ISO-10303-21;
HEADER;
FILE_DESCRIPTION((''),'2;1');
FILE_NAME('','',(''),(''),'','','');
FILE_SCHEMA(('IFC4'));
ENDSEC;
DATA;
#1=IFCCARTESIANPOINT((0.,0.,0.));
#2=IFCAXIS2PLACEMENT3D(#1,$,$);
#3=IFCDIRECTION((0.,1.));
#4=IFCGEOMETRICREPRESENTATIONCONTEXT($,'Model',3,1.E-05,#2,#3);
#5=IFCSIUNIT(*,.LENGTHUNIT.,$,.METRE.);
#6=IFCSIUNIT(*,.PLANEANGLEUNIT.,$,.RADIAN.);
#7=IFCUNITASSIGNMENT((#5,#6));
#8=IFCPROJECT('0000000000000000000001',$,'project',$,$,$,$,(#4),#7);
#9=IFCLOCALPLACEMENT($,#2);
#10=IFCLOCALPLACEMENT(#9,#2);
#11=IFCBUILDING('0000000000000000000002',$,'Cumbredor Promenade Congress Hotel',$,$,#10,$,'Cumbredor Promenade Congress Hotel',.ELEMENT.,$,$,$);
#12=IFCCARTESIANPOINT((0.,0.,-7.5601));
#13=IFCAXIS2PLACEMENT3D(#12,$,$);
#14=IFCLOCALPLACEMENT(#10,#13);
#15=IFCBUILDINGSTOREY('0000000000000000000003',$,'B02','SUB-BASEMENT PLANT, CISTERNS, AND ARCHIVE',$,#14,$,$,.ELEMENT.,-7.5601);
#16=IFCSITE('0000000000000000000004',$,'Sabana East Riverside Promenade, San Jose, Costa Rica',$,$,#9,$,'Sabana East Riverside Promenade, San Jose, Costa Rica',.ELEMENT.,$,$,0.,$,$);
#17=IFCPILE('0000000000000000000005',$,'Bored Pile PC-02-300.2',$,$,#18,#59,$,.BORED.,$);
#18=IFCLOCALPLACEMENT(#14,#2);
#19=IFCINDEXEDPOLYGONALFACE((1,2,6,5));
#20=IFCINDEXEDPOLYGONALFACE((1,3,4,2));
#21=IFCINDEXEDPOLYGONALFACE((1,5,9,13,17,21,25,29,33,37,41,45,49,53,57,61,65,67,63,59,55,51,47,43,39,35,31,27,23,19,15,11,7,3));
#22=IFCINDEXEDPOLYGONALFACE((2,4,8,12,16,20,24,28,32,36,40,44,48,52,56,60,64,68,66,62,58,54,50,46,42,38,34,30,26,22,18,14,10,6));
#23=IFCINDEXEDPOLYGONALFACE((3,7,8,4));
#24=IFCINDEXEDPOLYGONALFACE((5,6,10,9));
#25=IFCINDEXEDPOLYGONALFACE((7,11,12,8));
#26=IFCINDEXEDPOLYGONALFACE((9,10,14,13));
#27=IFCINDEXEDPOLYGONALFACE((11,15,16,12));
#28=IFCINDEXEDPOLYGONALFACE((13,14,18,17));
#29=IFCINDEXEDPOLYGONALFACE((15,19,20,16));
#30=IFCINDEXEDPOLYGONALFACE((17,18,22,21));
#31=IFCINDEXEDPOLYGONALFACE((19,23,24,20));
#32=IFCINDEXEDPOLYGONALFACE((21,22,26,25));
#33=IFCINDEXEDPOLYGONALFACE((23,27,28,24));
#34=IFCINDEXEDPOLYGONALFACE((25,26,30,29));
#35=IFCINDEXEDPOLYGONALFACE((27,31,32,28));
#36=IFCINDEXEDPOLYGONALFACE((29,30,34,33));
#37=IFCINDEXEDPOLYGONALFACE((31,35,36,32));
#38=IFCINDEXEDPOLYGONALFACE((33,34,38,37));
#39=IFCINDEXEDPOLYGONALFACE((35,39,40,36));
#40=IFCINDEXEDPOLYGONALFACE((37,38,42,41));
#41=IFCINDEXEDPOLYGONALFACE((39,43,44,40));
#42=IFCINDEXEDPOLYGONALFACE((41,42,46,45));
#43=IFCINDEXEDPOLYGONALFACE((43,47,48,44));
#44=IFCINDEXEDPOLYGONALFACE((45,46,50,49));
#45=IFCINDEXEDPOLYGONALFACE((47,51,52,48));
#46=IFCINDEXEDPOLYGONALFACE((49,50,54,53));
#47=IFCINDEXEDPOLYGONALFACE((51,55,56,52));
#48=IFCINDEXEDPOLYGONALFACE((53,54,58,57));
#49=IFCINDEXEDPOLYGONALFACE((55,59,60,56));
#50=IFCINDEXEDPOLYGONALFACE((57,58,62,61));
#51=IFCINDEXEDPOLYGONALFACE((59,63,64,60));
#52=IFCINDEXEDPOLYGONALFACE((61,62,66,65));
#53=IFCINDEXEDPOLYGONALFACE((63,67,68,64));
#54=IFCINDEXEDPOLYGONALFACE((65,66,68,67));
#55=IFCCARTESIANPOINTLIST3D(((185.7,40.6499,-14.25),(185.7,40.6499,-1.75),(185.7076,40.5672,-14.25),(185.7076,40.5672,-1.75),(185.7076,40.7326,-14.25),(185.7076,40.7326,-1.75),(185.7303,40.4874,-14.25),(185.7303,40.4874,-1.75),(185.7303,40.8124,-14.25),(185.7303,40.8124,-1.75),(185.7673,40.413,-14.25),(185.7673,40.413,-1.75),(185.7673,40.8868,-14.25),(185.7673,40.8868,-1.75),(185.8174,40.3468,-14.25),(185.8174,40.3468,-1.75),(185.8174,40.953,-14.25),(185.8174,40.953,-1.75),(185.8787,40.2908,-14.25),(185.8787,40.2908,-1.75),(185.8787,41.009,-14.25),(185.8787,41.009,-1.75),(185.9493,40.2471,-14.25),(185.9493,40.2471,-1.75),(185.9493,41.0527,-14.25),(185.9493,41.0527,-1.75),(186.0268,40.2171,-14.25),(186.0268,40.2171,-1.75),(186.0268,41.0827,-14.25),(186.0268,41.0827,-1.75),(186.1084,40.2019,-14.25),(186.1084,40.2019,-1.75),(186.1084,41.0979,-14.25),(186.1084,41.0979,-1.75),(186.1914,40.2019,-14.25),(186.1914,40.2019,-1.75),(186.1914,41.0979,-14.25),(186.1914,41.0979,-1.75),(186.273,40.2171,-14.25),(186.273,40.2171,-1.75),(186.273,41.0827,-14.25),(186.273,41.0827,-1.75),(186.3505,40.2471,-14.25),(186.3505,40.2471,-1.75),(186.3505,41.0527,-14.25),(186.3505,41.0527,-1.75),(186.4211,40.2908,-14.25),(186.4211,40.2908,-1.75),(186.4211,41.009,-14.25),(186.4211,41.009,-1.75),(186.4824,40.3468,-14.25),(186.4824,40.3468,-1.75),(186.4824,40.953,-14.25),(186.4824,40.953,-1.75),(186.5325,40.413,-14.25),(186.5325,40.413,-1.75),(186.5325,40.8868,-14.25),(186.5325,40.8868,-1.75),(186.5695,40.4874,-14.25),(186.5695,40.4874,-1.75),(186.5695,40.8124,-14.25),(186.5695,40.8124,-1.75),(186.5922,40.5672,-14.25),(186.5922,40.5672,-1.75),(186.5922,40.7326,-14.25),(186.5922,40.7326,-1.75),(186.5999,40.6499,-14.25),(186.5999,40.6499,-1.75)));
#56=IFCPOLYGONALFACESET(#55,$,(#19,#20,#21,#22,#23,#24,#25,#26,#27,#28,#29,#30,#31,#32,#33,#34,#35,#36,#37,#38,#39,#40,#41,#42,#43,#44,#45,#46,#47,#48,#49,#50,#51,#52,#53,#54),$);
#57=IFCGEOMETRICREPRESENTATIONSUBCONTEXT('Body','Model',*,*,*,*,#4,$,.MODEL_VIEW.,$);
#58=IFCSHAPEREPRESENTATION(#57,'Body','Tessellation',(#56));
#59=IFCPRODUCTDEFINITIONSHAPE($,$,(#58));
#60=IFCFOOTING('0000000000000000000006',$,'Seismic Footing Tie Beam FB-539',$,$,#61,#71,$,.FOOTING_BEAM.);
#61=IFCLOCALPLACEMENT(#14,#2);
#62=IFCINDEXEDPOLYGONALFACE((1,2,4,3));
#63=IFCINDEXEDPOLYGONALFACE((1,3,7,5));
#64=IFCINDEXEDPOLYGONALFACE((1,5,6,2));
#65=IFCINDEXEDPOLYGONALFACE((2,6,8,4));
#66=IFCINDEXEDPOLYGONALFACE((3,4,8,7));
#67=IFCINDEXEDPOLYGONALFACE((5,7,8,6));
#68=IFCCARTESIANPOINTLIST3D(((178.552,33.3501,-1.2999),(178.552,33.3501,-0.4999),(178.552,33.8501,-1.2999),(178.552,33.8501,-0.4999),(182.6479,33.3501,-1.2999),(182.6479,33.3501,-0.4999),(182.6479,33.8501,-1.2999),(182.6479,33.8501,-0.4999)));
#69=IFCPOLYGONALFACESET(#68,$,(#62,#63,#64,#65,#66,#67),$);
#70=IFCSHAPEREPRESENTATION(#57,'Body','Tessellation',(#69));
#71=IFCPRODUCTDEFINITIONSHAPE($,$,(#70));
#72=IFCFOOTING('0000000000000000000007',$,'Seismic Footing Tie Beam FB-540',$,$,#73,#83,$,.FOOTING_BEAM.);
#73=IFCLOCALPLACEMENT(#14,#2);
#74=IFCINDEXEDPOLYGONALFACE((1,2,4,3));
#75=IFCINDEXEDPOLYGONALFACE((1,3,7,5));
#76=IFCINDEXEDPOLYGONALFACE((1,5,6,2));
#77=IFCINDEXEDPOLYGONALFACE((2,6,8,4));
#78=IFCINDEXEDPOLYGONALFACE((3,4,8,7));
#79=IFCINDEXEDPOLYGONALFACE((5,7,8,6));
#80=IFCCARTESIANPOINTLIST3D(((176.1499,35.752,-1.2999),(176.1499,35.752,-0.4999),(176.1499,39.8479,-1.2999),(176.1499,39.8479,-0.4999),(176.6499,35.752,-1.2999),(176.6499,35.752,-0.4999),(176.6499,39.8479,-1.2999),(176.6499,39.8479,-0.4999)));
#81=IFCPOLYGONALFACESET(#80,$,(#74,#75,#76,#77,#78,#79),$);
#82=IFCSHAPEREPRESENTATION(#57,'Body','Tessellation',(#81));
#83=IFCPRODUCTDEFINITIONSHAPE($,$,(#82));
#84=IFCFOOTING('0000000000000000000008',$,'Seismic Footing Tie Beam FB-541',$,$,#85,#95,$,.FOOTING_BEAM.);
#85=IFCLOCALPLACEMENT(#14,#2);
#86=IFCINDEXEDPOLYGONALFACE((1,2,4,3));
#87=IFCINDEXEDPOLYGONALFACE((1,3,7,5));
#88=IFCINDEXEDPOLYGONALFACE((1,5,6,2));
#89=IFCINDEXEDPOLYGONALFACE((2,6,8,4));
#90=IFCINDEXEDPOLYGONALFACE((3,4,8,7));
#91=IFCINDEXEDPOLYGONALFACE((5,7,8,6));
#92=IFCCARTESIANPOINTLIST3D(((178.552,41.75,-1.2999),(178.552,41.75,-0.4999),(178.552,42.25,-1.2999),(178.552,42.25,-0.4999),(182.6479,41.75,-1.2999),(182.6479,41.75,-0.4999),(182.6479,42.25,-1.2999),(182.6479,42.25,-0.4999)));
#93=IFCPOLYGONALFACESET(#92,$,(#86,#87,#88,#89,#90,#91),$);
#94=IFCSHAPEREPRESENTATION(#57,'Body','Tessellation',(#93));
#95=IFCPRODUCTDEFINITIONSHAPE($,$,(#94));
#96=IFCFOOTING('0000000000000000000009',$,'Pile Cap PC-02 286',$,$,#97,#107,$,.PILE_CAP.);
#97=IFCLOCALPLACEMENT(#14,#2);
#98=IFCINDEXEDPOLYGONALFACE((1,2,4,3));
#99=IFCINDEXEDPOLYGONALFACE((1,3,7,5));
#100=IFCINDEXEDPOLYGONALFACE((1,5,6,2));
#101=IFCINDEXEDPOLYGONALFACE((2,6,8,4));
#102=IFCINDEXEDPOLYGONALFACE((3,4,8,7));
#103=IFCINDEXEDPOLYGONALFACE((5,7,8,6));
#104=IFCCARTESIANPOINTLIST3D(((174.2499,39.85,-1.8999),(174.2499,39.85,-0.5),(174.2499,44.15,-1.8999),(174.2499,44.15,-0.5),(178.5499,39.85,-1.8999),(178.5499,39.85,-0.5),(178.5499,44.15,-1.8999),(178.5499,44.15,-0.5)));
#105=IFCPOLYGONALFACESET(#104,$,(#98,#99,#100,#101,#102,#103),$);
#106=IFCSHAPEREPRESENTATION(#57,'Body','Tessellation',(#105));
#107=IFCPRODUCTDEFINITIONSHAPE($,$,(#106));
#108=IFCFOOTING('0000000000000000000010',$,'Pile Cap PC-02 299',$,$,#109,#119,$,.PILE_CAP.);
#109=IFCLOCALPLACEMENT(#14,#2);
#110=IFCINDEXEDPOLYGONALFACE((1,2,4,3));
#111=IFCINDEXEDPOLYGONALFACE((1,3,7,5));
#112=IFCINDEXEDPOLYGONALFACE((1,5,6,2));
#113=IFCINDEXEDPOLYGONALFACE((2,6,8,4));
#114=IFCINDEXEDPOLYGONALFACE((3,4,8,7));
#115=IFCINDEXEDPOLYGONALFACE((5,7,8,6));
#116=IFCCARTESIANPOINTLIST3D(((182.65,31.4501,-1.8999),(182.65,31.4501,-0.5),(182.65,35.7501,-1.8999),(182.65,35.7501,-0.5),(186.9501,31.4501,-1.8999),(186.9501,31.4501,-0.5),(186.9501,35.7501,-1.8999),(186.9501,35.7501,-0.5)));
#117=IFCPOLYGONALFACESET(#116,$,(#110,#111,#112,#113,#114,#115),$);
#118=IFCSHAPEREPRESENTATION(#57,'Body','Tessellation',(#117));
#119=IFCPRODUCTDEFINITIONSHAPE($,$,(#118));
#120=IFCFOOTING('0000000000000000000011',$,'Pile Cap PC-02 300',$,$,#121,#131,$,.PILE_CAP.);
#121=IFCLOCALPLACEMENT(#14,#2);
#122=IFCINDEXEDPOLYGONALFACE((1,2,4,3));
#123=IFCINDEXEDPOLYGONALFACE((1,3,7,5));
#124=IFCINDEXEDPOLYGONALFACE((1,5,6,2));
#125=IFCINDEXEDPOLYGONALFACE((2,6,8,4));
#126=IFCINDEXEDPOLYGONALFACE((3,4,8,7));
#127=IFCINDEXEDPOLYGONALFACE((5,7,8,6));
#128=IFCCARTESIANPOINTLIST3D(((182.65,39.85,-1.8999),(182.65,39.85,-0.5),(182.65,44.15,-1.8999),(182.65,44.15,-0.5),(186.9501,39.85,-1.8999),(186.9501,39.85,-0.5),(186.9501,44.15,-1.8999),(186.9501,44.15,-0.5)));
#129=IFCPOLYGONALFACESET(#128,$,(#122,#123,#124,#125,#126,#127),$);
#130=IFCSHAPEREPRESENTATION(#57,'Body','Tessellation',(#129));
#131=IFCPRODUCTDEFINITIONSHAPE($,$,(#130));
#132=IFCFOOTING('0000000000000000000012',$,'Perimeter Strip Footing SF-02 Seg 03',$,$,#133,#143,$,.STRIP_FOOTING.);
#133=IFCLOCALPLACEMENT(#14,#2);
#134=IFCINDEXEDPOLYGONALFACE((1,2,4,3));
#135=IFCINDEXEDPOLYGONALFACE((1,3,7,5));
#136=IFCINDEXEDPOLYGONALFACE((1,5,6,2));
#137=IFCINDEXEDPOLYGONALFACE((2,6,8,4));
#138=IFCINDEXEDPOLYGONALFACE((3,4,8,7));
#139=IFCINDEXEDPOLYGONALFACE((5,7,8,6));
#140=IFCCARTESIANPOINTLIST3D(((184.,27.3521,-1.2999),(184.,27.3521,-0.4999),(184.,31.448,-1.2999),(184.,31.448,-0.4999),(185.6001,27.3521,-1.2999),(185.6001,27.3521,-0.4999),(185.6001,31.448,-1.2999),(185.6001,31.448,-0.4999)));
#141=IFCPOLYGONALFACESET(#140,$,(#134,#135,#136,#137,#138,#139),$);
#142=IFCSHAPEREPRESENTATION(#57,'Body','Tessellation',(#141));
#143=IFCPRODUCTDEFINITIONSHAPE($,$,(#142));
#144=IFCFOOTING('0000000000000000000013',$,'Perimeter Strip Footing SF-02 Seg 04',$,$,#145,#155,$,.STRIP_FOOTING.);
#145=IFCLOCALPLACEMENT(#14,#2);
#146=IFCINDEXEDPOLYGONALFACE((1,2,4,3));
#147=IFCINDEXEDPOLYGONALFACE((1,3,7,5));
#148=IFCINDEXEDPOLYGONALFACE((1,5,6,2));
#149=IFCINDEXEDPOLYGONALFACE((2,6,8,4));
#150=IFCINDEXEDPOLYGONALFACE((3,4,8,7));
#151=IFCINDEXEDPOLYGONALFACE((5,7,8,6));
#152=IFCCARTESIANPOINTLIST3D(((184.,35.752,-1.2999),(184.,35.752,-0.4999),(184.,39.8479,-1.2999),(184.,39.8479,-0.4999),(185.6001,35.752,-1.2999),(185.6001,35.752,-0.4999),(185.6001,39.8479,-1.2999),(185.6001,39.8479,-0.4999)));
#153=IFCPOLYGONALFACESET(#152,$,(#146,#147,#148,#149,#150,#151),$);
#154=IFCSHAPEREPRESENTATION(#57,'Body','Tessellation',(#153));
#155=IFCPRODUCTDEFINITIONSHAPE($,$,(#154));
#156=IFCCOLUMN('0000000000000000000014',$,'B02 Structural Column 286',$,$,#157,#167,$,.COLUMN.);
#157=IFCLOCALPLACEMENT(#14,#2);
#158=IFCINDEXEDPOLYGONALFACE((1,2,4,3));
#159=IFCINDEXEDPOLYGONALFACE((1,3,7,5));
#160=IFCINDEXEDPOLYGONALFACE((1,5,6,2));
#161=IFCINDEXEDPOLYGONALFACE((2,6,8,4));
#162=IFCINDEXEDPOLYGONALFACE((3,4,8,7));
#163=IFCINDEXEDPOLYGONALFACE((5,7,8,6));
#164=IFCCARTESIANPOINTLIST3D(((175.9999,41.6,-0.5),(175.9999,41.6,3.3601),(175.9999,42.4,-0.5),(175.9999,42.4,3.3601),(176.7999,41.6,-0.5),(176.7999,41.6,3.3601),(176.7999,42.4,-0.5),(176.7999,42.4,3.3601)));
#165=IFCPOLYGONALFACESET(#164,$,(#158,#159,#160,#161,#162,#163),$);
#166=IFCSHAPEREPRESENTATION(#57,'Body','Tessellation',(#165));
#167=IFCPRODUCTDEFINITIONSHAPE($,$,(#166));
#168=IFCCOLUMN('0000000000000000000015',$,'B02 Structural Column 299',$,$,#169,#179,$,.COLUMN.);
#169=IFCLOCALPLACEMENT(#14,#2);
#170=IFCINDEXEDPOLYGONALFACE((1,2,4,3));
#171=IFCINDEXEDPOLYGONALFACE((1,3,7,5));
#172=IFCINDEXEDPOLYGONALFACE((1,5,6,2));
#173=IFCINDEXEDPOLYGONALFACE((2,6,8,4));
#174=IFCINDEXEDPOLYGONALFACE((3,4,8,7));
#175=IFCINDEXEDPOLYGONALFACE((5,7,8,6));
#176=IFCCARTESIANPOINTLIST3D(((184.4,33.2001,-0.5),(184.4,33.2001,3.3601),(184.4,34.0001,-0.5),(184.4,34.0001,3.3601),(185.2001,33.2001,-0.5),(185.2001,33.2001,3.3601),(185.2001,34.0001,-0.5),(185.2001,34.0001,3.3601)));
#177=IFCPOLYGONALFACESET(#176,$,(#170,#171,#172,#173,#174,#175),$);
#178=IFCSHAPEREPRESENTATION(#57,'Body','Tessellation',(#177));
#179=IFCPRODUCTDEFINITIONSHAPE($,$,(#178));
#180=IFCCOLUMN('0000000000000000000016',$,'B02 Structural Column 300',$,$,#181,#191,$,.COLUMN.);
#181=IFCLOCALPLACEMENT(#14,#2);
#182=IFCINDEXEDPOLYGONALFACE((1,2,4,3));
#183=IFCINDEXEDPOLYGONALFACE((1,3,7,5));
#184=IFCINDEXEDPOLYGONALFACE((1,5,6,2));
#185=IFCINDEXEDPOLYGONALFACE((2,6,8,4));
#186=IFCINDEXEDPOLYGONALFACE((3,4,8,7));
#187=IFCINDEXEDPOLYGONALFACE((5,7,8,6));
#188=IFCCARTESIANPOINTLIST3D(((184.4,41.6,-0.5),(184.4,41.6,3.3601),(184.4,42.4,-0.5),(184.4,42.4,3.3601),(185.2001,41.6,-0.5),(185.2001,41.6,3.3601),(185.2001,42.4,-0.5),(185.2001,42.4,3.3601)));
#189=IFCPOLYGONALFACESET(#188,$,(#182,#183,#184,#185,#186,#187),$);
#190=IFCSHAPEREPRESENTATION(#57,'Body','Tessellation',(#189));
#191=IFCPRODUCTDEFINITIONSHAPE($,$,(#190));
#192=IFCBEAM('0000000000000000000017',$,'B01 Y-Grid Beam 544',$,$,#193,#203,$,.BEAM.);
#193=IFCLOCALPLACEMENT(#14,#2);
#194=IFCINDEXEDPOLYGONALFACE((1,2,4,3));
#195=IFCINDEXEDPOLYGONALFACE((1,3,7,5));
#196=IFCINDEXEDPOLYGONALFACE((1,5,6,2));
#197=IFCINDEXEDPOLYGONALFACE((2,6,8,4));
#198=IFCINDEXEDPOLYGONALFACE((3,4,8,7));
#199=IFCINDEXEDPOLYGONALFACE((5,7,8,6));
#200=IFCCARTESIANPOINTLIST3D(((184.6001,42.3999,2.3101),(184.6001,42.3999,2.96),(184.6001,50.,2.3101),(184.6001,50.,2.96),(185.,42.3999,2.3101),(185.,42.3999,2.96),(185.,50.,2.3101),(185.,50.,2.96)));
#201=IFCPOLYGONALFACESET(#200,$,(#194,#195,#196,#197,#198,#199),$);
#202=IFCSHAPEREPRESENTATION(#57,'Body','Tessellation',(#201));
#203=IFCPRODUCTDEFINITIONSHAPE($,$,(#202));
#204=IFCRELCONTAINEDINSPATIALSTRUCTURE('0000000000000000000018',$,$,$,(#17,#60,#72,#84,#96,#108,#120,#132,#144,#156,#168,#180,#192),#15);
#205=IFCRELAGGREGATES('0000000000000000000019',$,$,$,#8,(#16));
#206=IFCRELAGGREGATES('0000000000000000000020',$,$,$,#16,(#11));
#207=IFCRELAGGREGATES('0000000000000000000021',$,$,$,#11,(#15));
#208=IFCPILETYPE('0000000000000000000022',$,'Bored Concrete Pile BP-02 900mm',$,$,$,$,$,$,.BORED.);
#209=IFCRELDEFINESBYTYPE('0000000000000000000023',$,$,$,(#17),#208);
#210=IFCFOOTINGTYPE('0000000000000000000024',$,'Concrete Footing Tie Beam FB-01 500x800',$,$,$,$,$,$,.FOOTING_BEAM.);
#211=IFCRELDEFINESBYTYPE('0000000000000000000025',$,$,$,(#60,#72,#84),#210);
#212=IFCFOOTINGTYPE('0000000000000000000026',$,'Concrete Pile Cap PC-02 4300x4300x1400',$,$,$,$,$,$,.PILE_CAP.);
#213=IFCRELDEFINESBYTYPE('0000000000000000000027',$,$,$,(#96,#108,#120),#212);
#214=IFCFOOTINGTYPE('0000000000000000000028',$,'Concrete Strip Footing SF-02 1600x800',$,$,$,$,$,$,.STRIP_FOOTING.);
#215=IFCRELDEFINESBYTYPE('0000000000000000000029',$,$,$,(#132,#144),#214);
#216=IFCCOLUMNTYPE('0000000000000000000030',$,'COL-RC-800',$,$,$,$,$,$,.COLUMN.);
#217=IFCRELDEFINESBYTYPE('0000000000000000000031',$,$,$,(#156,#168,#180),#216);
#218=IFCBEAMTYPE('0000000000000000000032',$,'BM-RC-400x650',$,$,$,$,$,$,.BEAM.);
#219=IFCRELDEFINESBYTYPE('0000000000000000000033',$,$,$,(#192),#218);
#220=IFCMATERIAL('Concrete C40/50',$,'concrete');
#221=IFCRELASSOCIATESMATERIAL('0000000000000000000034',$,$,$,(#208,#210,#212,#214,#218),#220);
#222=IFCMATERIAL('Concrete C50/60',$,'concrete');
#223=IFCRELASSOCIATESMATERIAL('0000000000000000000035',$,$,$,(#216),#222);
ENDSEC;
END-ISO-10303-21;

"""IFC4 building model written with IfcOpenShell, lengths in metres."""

from ifc_helpers import new_model, si_unit, direction, frame, origin, origin_2d, place, context, subcontext, project, spatial, rectangle, circle, extrude, material, material_profile, profile_set, type_object, element, save


model = new_model("IFC4")

# Units and contexts
model_context = context("Model", 3, precision=1e-05, world=origin(), true_north=direction((0.0, 1.0)))
body_context = subcontext(model_context, "Body", "Model", "MODEL_VIEW")
ifc_project = project(units=[si_unit("LENGTHUNIT", "METRE"), si_unit("PLANEANGLEUNIT", "RADIAN")], contexts=[model_context])

# Site, building, storey
site_placement = place(None, origin())
site = spatial("IfcSite", under=ifc_project, at=site_placement, Name="Sabana East Riverside Promenade, San Jose, Costa Rica", LongName="Sabana East Riverside Promenade, San Jose, Costa Rica", CompositionType="ELEMENT", RefElevation=0.0)
building_placement = place(site_placement, origin())
building = spatial("IfcBuilding", under=site, at=building_placement, Name="Cumbredor Promenade Congress Hotel", LongName="Cumbredor Promenade Congress Hotel", CompositionType="ELEMENT")
storey_placement = place(building_placement, frame((0.0, 0.0, -7.5601)))
storey = spatial("IfcBuildingStorey", under=building, at=storey_placement, Name="B02", Description="SUB-BASEMENT PLANT, CISTERNS, AND ARCHIVE", CompositionType="ELEMENT", Elevation=-7.5601)

# Pile
ifc_material_1 = material(Name="Concrete C40/50", Category="concrete")
ifc_material_profile_1 = material_profile(ifc_material_1, circle(Radius=0.45, at=origin_2d()), Name="PILE D900")
ifc_profile_set_1 = profile_set([ifc_material_profile_1], Name="Concrete C40/50")
pile_type = type_object("IfcPileType", Name="Bored Concrete Pile BP-02 900mm", PredefinedType="BORED", material=ifc_profile_set_1)
for number, where, z_axis, x_axis, name in (
    (1, (186.1499, 40.6499, -1.75), (0.0, 0.0, -1.0), (1.0, 0.0, 0.0), "Bored Pile PC-02-300.2"),
):
    element("IfcPile", number, at=place(storey_placement, frame(where, z_axis=z_axis, x_axis=x_axis)), inside=storey, type_object=pile_type, Name=name, PredefinedType="BORED", context=body_context, shape_type="SweptSolid", body=[
        extrude(circle(Radius=0.45, at=origin_2d()), origin(), (0.0, 0.0, 1.0), 12.5),
    ])

# Footings
ifc_material_profile_2 = material_profile(ifc_material_1, rectangle(XDim=0.5, YDim=0.8, at=origin_2d()), Name="FB 500x800")
ifc_profile_set_2 = profile_set([ifc_material_profile_2], Name="Concrete C40/50")
footing_type_1 = type_object("IfcFootingType", Name="Concrete Footing Tie Beam FB-01 500x800", PredefinedType="FOOTING_BEAM", material=ifc_profile_set_2)
for number, where, z_axis, x_axis, name in (
    (2, (178.552, 33.6001, -0.8999), (1.0, 0.0, 0.0), (0.0, 1.0, 0.0), "Seismic Footing Tie Beam FB-539"),
    (3, (176.3999, 35.752, -0.8999), (0.0, 1.0, 0.0), (-1.0, 0.0, 0.0), "Seismic Footing Tie Beam FB-540"),
    (4, (178.552, 42.0, -0.8999), (1.0, 0.0, 0.0), (0.0, 1.0, 0.0), "Seismic Footing Tie Beam FB-541"),
):
    element("IfcFooting", number, at=place(storey_placement, frame(where, z_axis=z_axis, x_axis=x_axis)), inside=storey, type_object=footing_type_1, Name=name, PredefinedType="FOOTING_BEAM", context=body_context, shape_type="SweptSolid", body=[
        extrude(rectangle(XDim=0.5, YDim=0.8, at=origin_2d()), origin(), (0.0, 0.0, 1.0), 4.0959),
    ])
footing_type_2 = type_object("IfcFootingType", Name="Concrete Pile Cap PC-02 4300x4300x1400", PredefinedType="PILE_CAP", material=ifc_material_1)
for number, where, z_axis, x_axis, name in (
    (5, (176.3999, 42.0, -1.8999), (0.0, 0.0, 1.0), (1.0, 0.0, 0.0), "Pile Cap PC-02 286"),
    (6, (184.8, 33.6001, -1.8999), (0.0, 0.0, 1.0), (1.0, 0.0, 0.0), "Pile Cap PC-02 299"),
    (7, (184.8, 42.0, -1.8999), (0.0, 0.0, 1.0), (1.0, 0.0, 0.0), "Pile Cap PC-02 300"),
):
    element("IfcFooting", number, at=place(storey_placement, frame(where, z_axis=z_axis, x_axis=x_axis)), inside=storey, type_object=footing_type_2, Name=name, PredefinedType="PILE_CAP", context=body_context, shape_type="SweptSolid", body=[
        extrude(rectangle(XDim=4.3, YDim=4.3, at=origin_2d()), origin(), (0.0, 0.0, 1.0), 1.3999),
    ])
ifc_material_profile_3 = material_profile(ifc_material_1, rectangle(XDim=1.6001, YDim=0.8, at=origin_2d()), Name="SF 1600x800")
ifc_profile_set_3 = profile_set([ifc_material_profile_3], Name="Concrete C40/50")
footing_type_3 = type_object("IfcFootingType", Name="Concrete Strip Footing SF-02 1600x800", PredefinedType="STRIP_FOOTING", material=ifc_profile_set_3)
for number, where, z_axis, x_axis, name in (
    (8, (184.8, 27.3521, -0.8999), (0.0, 1.0, 0.0), (-1.0, 0.0, 0.0), "Perimeter Strip Footing SF-02 Seg 03"),
    (9, (184.8, 35.752, -0.8999), (0.0, 1.0, 0.0), (-1.0, 0.0, 0.0), "Perimeter Strip Footing SF-02 Seg 04"),
):
    element("IfcFooting", number, at=place(storey_placement, frame(where, z_axis=z_axis, x_axis=x_axis)), inside=storey, type_object=footing_type_3, Name=name, PredefinedType="STRIP_FOOTING", context=body_context, shape_type="SweptSolid", body=[
        extrude(rectangle(XDim=1.6001, YDim=0.8, at=origin_2d()), origin(), (0.0, 0.0, 1.0), 4.0959),
    ])

# Columns
ifc_material_2 = material(Name="Concrete C50/60", Category="concrete")
ifc_material_profile_4 = material_profile(ifc_material_2, rectangle(XDim=0.8, YDim=0.8, at=origin_2d()), Name="RC 800x800")
ifc_profile_set_4 = profile_set([ifc_material_profile_4], Name="Concrete C50/60")
column_type = type_object("IfcColumnType", Name="COL-RC-800", PredefinedType="COLUMN", material=ifc_profile_set_4)
for number, where, z_axis, x_axis, name in (
    (10, (176.3999, 42.0, -0.5), (0.0, 0.0, 1.0), (1.0, 0.0, 0.0), "B02 Structural Column 286"),
    (11, (184.8, 33.6001, -0.5), (0.0, 0.0, 1.0), (1.0, 0.0, 0.0), "B02 Structural Column 299"),
    (12, (184.8, 42.0, -0.5), (0.0, 0.0, 1.0), (1.0, 0.0, 0.0), "B02 Structural Column 300"),
):
    element("IfcColumn", number, at=place(storey_placement, frame(where, z_axis=z_axis, x_axis=x_axis)), inside=storey, type_object=column_type, Name=name, PredefinedType="COLUMN", context=body_context, shape_type="SweptSolid", body=[
        extrude(rectangle(XDim=0.8, YDim=0.8, at=origin_2d()), origin(), (0.0, 0.0, 1.0), 3.8601),
    ])

# Beam
ifc_material_profile_5 = material_profile(ifc_material_1, rectangle(XDim=0.3999, YDim=0.6499, at=origin_2d()), Name="RC BEAM 400x650")
ifc_profile_set_5 = profile_set([ifc_material_profile_5], Name="Concrete C40/50")
beam_type_1 = type_object("IfcBeamType", Name="BM-RC-400x650", PredefinedType="BEAM", material=ifc_profile_set_5)
beam_1_placement = place(storey_placement, frame((184.8, 42.3999, 2.635), z_axis=(0.0, 1.0, 0.0), x_axis=(-1.0, 0.0, 0.0)))
element("IfcBeam", 13, at=beam_1_placement, inside=storey, type_object=beam_type_1, Name="B01 Y-Grid Beam 544", PredefinedType="BEAM", context=body_context, shape_type="SweptSolid", body=[
    extrude(rectangle(XDim=0.3999, YDim=0.6499, at=origin_2d()), origin(), (0.0, 0.0, 1.0), 7.6001),
])

save(model, "model.ifc")
